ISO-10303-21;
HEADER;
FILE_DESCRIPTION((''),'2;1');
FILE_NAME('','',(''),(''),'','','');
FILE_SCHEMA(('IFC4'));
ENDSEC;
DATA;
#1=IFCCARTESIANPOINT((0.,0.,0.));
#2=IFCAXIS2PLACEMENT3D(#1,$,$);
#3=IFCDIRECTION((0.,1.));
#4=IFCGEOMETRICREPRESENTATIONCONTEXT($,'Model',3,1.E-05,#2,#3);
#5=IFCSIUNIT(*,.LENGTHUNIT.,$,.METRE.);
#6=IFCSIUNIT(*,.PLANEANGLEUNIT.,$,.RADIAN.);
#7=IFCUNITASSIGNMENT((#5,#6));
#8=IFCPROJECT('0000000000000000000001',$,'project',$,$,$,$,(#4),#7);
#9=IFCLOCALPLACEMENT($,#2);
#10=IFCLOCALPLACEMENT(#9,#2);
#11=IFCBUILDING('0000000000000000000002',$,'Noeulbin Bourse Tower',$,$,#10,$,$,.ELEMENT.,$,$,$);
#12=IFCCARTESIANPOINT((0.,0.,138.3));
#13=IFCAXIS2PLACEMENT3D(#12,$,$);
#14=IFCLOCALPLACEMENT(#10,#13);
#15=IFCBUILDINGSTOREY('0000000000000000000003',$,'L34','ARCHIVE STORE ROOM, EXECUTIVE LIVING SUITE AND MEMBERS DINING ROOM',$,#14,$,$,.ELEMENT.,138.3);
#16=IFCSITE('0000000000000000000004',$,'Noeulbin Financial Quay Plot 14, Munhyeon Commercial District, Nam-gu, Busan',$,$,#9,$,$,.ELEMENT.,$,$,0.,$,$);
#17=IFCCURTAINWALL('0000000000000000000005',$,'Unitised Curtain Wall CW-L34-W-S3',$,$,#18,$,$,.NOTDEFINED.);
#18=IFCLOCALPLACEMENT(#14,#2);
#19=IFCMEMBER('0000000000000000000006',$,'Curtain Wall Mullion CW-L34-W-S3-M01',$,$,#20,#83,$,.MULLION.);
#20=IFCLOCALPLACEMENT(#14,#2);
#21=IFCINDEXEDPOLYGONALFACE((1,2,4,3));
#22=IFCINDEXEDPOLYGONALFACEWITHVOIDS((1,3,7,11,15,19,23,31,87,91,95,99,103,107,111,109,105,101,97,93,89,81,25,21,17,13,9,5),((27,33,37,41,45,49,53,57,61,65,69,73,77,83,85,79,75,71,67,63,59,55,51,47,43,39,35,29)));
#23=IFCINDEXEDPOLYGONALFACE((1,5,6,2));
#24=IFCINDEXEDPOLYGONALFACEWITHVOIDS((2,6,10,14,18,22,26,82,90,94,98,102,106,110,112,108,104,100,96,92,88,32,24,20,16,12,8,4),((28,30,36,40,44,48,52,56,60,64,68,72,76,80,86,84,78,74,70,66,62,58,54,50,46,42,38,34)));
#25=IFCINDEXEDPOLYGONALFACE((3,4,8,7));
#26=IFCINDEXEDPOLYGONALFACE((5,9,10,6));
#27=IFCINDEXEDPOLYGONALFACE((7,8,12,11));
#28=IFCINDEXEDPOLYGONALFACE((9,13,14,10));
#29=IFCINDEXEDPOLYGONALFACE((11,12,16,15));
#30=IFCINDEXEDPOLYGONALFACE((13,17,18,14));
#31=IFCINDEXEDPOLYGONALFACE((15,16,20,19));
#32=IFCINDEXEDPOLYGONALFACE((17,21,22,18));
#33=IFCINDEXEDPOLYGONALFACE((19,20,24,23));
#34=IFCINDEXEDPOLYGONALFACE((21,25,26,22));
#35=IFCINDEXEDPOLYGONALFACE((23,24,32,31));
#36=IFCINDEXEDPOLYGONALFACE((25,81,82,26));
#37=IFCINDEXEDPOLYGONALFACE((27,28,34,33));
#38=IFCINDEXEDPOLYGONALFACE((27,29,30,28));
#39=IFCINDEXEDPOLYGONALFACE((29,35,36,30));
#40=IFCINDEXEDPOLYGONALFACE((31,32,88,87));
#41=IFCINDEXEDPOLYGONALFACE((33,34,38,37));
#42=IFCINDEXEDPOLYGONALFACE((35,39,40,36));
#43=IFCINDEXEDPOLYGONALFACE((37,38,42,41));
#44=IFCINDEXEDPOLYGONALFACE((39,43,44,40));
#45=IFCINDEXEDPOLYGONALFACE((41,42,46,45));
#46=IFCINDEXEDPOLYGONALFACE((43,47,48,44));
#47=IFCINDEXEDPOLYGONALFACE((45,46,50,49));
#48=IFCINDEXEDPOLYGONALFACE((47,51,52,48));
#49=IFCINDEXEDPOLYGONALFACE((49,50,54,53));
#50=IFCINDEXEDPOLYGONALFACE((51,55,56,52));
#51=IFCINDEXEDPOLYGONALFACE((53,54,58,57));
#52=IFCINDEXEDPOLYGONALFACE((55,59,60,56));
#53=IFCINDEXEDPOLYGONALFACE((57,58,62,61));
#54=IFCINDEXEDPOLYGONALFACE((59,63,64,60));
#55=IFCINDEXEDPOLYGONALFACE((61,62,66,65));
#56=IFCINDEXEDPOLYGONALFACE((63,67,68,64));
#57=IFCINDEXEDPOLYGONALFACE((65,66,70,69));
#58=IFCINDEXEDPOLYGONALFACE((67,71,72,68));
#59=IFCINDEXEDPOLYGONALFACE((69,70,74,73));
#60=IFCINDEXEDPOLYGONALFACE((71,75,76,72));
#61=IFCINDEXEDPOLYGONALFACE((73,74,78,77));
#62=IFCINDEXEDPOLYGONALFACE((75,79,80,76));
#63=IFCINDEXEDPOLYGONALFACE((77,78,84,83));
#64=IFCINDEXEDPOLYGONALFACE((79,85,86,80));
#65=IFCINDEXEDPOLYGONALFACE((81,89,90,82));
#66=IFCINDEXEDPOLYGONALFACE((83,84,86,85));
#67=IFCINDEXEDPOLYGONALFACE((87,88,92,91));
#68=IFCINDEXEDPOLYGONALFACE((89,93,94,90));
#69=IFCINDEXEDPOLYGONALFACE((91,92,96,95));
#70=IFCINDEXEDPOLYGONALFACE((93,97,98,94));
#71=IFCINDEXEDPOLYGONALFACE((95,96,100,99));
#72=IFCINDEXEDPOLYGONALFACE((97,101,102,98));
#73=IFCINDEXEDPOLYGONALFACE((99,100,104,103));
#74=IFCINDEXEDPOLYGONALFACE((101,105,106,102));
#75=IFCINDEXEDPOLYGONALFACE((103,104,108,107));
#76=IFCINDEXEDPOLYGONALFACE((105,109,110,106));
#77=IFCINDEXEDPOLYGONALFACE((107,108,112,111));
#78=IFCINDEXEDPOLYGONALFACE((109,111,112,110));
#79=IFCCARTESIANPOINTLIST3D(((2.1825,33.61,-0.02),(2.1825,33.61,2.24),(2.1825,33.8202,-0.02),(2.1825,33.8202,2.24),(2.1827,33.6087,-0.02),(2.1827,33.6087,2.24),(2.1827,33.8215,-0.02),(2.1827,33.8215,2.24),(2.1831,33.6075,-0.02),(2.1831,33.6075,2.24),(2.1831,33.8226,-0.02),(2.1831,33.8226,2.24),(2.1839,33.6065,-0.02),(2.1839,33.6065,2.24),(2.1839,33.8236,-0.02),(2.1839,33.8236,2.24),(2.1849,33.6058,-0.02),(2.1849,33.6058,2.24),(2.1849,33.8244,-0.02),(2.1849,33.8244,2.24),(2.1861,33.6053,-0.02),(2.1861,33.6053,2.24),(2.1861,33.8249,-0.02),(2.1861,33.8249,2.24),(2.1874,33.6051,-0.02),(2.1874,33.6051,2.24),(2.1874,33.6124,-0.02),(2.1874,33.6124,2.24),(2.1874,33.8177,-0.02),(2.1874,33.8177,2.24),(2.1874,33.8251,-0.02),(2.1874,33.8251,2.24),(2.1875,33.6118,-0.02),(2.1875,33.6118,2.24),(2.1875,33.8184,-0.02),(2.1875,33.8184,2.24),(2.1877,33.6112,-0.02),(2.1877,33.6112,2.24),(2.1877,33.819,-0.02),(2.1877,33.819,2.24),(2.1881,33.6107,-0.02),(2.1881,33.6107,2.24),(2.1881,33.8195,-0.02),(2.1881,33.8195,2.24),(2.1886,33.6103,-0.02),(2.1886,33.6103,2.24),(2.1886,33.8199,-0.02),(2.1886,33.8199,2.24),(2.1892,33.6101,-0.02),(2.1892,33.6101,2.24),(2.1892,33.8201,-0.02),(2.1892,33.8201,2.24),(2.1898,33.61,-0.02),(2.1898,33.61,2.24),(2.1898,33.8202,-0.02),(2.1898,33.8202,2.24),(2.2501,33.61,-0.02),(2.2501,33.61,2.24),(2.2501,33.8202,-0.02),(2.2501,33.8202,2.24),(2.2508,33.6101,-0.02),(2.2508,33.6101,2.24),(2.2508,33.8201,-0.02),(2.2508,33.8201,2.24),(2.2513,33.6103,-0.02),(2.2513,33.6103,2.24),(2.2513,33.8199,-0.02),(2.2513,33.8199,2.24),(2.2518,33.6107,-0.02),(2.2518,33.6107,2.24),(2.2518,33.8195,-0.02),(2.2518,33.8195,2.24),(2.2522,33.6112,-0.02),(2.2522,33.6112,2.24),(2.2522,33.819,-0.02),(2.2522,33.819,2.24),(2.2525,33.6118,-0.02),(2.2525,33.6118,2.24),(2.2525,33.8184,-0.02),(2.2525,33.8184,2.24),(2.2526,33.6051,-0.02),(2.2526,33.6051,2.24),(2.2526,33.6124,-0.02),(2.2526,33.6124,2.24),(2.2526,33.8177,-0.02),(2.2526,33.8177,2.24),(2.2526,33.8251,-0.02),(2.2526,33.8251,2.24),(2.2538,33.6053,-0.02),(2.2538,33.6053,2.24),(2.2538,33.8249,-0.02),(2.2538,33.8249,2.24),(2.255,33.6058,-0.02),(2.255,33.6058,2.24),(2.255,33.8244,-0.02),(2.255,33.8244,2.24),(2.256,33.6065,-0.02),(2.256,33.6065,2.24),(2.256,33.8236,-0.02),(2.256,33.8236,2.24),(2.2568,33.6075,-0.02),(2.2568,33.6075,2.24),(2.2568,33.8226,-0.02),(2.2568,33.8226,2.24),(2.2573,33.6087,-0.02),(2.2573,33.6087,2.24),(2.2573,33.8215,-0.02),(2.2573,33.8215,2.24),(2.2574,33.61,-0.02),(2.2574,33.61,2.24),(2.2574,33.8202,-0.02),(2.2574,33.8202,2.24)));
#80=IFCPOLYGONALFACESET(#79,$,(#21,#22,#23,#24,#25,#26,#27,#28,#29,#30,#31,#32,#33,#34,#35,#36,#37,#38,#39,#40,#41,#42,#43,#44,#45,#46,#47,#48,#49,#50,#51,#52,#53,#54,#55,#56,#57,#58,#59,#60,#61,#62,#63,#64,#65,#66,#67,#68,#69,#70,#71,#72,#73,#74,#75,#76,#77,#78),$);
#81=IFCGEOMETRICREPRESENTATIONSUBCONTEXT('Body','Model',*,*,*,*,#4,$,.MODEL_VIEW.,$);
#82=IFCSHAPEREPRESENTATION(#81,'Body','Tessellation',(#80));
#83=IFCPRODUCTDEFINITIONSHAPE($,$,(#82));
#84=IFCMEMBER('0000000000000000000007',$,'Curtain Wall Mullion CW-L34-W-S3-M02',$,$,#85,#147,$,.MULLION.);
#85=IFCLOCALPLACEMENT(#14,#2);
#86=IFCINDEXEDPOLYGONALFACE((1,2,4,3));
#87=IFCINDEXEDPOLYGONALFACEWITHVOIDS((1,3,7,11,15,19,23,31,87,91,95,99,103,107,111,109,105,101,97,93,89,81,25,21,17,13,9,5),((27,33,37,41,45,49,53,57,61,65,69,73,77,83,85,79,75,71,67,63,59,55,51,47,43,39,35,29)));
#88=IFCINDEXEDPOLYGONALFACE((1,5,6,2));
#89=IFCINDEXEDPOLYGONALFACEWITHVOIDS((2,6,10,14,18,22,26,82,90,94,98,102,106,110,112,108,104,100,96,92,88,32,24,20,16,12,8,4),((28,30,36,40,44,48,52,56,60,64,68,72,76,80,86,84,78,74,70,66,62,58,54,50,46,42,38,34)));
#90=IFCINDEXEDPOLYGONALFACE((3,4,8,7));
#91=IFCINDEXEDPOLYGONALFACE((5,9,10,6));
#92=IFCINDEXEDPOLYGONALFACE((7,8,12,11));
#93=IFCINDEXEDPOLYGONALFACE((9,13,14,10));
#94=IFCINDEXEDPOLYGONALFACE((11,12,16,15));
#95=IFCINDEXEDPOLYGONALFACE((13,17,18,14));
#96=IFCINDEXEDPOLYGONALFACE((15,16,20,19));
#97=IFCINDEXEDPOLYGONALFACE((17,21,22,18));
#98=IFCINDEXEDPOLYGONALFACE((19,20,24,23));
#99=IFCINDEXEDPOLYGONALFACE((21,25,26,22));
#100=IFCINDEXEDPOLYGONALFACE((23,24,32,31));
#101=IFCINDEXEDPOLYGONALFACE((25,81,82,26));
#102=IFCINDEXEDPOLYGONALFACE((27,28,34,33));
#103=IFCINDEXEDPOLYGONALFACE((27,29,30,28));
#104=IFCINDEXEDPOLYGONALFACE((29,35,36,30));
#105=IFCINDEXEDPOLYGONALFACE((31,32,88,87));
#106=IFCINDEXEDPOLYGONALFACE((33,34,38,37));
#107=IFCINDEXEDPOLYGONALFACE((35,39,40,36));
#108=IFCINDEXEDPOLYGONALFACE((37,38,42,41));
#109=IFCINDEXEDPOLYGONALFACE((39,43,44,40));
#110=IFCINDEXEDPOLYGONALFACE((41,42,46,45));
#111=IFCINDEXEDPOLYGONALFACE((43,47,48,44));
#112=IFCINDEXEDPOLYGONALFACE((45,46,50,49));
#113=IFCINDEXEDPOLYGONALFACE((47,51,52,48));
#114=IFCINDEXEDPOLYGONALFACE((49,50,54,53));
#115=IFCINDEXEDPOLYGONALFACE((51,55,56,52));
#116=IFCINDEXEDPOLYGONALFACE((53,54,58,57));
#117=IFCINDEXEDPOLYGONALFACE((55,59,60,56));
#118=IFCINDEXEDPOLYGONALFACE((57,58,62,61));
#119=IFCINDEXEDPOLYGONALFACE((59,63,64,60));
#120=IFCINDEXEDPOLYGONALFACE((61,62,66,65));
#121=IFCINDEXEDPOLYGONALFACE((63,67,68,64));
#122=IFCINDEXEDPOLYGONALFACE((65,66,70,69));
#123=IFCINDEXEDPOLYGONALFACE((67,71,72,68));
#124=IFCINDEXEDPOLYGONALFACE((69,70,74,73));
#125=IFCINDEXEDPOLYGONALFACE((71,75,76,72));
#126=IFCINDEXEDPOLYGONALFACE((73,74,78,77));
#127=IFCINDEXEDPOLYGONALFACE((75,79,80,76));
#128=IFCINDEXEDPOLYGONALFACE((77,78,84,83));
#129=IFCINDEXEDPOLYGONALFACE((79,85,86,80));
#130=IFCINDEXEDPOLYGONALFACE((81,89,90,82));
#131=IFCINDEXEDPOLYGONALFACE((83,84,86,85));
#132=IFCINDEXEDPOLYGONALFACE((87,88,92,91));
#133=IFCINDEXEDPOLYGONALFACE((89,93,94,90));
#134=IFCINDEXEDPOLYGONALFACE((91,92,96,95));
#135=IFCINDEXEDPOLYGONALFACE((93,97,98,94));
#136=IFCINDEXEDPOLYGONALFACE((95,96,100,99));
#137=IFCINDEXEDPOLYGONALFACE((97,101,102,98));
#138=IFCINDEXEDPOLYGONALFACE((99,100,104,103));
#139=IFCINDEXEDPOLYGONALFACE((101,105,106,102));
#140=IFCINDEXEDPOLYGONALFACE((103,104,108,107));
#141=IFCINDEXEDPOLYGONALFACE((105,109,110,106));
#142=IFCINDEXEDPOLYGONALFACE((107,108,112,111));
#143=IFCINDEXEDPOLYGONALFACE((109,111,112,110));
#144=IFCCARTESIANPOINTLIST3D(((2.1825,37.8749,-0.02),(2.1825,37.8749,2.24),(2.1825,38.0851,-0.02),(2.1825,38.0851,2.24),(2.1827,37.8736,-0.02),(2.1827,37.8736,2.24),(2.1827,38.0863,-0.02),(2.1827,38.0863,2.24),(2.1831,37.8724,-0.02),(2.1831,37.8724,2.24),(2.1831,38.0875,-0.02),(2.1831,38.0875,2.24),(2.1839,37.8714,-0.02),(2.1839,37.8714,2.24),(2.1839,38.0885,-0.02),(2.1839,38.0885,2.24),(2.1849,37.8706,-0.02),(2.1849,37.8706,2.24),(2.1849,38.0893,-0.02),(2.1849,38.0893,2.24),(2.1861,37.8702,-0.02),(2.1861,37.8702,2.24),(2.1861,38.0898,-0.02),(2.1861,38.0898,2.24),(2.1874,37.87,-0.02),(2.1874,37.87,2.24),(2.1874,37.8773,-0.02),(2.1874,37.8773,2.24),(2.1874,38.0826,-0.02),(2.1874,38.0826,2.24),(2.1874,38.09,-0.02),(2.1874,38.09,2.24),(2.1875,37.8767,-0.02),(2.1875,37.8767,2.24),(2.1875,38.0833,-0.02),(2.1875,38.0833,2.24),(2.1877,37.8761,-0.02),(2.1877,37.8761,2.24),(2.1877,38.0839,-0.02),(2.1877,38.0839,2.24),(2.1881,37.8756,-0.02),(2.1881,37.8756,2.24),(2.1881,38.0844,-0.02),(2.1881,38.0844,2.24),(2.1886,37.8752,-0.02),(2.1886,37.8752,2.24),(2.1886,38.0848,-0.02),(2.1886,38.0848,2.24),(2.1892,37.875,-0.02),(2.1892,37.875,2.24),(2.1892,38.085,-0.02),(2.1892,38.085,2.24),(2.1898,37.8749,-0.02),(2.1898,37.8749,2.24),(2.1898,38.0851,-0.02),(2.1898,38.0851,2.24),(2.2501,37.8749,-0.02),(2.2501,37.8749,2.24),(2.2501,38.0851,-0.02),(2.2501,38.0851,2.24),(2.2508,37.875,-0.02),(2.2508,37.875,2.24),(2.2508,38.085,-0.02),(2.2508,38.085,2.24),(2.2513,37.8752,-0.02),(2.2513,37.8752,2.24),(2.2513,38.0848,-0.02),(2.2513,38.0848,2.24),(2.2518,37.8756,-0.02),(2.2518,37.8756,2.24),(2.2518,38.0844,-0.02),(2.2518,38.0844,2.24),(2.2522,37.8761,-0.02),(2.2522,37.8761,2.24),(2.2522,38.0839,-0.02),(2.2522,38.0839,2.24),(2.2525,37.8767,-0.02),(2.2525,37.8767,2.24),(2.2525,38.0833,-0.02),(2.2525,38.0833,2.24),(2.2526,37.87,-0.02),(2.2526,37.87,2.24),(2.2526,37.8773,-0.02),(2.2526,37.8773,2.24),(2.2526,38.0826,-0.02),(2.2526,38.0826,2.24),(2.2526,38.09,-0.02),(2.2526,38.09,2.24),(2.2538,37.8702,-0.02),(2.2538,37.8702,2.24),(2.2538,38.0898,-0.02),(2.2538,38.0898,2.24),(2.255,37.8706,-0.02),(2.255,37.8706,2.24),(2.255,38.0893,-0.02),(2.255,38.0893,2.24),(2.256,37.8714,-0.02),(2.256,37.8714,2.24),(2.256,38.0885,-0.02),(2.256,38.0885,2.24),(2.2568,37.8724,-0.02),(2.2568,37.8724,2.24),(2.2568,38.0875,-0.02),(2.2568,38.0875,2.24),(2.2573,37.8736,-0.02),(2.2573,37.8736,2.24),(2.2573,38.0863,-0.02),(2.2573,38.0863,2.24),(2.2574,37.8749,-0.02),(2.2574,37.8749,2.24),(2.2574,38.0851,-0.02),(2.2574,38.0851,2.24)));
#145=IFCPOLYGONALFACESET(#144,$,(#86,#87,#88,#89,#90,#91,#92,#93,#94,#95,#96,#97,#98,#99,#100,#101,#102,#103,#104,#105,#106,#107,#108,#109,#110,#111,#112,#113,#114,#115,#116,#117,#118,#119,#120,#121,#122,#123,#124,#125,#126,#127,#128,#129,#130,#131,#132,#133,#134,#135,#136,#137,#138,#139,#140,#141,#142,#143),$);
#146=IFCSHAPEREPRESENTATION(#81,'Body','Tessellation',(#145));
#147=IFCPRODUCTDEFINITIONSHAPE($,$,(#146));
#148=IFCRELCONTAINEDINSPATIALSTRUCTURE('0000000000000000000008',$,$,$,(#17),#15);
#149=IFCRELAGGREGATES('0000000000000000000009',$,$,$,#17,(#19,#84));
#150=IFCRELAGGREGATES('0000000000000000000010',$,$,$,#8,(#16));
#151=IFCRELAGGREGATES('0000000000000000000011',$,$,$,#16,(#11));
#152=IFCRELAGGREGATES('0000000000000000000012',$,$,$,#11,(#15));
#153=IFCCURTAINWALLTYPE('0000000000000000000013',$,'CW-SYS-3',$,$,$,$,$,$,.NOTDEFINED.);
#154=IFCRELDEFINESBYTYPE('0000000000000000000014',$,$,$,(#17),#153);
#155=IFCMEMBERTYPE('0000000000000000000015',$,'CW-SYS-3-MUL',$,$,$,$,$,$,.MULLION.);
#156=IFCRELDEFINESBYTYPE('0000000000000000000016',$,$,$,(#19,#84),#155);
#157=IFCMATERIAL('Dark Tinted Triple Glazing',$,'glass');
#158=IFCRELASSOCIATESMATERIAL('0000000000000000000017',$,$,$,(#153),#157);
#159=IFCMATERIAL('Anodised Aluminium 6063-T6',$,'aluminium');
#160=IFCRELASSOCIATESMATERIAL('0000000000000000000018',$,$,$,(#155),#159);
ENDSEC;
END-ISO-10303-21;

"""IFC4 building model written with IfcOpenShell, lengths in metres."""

from ifc_helpers import new_model, si_unit, direction, frame, origin, origin_2d, place, context, subcontext, project, spatial, hollow_rectangle, extrude, material, material_profile, profile_set, type_object, element, aggregate, save


model = new_model("IFC4")

# Units and contexts
model_context = context("Model", 3, precision=1e-05, world=origin(), true_north=direction((0.0, 1.0)))
body_context = subcontext(model_context, "Body", "Model", "MODEL_VIEW")
ifc_project = project(units=[si_unit("LENGTHUNIT", "METRE"), si_unit("PLANEANGLEUNIT", "RADIAN")], contexts=[model_context])

# Site, building, storey
site_placement = place(None, origin())
site = spatial("IfcSite", under=ifc_project, at=site_placement, Name="Noeulbin Financial Quay Plot 14, Munhyeon Commercial District, Nam-gu, Busan", CompositionType="ELEMENT", RefElevation=0.0)
building_placement = place(site_placement, origin())
building = spatial("IfcBuilding", under=site, at=building_placement, Name="Noeulbin Bourse Tower", CompositionType="ELEMENT")
storey_placement = place(building_placement, frame((0.0, 0.0, 138.3)))
storey = spatial("IfcBuildingStorey", under=building, at=storey_placement, Name="L34", Description="ARCHIVE STORE ROOM, EXECUTIVE LIVING SUITE AND MEMBERS DINING ROOM", CompositionType="ELEMENT", Elevation=138.3)

# Curtain wall, members
ifc_material_1 = material(Name="Dark Tinted Triple Glazing", Category="glass")
curtain_wall_type = type_object("IfcCurtainWallType", Name="CW-SYS-3", PredefinedType="NOTDEFINED", material=ifc_material_1)
ifc_material_2 = material(Name="Anodised Aluminium 6063-T6", Category="aluminium")
ifc_material_profile_1 = material_profile(ifc_material_2, hollow_rectangle(XDim=0.075, YDim=0.22, WallThickness=0.0049, InnerFilletRadius=0.0024, OuterFilletRadius=0.0049, at=origin_2d()), Name="ALU-MULL-75x220x5", Category="LoadBearing")
ifc_profile_set_1 = profile_set([ifc_material_profile_1], Name="Anodised Aluminium 6063-T6")
member_type_1 = type_object("IfcMemberType", Name="CW-SYS-3-MUL", PredefinedType="MULLION", material=ifc_profile_set_1)
curtain_wall_1_placement = place(storey_placement, origin())
curtain_wall_1 = element("IfcCurtainWall", 1, at=curtain_wall_1_placement, inside=storey, type_object=curtain_wall_type, Name="Unitised Curtain Wall CW-L34-W-S3", PredefinedType="NOTDEFINED")
member_1_placement = place(storey_placement, frame((2.22, 33.7151, -0.02), z_axis=(0.0, 0.0, 1.0), x_axis=(1.0, 0.0, 0.0)))
member_1 = element("IfcMember", 2, at=member_1_placement, type_object=member_type_1, Name="Curtain Wall Mullion CW-L34-W-S3-M01", PredefinedType="MULLION", context=body_context, shape_type="SweptSolid", body=[
    extrude(hollow_rectangle(XDim=0.075, YDim=0.22, WallThickness=0.0049, InnerFilletRadius=0.0024, OuterFilletRadius=0.0049, at=origin_2d()), origin(), (0.0, 0.0, 1.0), 2.26),
])
member_2_placement = place(storey_placement, frame((2.22, 37.98, -0.02), z_axis=(0.0, 0.0, 1.0), x_axis=(1.0, 0.0, 0.0)))
member_2 = element("IfcMember", 3, at=member_2_placement, type_object=member_type_1, Name="Curtain Wall Mullion CW-L34-W-S3-M02", PredefinedType="MULLION", context=body_context, shape_type="SweptSolid", body=[
    extrude(hollow_rectangle(XDim=0.075, YDim=0.22, WallThickness=0.0049, InnerFilletRadius=0.0024, OuterFilletRadius=0.0049, at=origin_2d()), origin(), (0.0, 0.0, 1.0), 2.26),
])

aggregate(curtain_wall_1, [member_1, member_2])

save(model, "model.ifc")
